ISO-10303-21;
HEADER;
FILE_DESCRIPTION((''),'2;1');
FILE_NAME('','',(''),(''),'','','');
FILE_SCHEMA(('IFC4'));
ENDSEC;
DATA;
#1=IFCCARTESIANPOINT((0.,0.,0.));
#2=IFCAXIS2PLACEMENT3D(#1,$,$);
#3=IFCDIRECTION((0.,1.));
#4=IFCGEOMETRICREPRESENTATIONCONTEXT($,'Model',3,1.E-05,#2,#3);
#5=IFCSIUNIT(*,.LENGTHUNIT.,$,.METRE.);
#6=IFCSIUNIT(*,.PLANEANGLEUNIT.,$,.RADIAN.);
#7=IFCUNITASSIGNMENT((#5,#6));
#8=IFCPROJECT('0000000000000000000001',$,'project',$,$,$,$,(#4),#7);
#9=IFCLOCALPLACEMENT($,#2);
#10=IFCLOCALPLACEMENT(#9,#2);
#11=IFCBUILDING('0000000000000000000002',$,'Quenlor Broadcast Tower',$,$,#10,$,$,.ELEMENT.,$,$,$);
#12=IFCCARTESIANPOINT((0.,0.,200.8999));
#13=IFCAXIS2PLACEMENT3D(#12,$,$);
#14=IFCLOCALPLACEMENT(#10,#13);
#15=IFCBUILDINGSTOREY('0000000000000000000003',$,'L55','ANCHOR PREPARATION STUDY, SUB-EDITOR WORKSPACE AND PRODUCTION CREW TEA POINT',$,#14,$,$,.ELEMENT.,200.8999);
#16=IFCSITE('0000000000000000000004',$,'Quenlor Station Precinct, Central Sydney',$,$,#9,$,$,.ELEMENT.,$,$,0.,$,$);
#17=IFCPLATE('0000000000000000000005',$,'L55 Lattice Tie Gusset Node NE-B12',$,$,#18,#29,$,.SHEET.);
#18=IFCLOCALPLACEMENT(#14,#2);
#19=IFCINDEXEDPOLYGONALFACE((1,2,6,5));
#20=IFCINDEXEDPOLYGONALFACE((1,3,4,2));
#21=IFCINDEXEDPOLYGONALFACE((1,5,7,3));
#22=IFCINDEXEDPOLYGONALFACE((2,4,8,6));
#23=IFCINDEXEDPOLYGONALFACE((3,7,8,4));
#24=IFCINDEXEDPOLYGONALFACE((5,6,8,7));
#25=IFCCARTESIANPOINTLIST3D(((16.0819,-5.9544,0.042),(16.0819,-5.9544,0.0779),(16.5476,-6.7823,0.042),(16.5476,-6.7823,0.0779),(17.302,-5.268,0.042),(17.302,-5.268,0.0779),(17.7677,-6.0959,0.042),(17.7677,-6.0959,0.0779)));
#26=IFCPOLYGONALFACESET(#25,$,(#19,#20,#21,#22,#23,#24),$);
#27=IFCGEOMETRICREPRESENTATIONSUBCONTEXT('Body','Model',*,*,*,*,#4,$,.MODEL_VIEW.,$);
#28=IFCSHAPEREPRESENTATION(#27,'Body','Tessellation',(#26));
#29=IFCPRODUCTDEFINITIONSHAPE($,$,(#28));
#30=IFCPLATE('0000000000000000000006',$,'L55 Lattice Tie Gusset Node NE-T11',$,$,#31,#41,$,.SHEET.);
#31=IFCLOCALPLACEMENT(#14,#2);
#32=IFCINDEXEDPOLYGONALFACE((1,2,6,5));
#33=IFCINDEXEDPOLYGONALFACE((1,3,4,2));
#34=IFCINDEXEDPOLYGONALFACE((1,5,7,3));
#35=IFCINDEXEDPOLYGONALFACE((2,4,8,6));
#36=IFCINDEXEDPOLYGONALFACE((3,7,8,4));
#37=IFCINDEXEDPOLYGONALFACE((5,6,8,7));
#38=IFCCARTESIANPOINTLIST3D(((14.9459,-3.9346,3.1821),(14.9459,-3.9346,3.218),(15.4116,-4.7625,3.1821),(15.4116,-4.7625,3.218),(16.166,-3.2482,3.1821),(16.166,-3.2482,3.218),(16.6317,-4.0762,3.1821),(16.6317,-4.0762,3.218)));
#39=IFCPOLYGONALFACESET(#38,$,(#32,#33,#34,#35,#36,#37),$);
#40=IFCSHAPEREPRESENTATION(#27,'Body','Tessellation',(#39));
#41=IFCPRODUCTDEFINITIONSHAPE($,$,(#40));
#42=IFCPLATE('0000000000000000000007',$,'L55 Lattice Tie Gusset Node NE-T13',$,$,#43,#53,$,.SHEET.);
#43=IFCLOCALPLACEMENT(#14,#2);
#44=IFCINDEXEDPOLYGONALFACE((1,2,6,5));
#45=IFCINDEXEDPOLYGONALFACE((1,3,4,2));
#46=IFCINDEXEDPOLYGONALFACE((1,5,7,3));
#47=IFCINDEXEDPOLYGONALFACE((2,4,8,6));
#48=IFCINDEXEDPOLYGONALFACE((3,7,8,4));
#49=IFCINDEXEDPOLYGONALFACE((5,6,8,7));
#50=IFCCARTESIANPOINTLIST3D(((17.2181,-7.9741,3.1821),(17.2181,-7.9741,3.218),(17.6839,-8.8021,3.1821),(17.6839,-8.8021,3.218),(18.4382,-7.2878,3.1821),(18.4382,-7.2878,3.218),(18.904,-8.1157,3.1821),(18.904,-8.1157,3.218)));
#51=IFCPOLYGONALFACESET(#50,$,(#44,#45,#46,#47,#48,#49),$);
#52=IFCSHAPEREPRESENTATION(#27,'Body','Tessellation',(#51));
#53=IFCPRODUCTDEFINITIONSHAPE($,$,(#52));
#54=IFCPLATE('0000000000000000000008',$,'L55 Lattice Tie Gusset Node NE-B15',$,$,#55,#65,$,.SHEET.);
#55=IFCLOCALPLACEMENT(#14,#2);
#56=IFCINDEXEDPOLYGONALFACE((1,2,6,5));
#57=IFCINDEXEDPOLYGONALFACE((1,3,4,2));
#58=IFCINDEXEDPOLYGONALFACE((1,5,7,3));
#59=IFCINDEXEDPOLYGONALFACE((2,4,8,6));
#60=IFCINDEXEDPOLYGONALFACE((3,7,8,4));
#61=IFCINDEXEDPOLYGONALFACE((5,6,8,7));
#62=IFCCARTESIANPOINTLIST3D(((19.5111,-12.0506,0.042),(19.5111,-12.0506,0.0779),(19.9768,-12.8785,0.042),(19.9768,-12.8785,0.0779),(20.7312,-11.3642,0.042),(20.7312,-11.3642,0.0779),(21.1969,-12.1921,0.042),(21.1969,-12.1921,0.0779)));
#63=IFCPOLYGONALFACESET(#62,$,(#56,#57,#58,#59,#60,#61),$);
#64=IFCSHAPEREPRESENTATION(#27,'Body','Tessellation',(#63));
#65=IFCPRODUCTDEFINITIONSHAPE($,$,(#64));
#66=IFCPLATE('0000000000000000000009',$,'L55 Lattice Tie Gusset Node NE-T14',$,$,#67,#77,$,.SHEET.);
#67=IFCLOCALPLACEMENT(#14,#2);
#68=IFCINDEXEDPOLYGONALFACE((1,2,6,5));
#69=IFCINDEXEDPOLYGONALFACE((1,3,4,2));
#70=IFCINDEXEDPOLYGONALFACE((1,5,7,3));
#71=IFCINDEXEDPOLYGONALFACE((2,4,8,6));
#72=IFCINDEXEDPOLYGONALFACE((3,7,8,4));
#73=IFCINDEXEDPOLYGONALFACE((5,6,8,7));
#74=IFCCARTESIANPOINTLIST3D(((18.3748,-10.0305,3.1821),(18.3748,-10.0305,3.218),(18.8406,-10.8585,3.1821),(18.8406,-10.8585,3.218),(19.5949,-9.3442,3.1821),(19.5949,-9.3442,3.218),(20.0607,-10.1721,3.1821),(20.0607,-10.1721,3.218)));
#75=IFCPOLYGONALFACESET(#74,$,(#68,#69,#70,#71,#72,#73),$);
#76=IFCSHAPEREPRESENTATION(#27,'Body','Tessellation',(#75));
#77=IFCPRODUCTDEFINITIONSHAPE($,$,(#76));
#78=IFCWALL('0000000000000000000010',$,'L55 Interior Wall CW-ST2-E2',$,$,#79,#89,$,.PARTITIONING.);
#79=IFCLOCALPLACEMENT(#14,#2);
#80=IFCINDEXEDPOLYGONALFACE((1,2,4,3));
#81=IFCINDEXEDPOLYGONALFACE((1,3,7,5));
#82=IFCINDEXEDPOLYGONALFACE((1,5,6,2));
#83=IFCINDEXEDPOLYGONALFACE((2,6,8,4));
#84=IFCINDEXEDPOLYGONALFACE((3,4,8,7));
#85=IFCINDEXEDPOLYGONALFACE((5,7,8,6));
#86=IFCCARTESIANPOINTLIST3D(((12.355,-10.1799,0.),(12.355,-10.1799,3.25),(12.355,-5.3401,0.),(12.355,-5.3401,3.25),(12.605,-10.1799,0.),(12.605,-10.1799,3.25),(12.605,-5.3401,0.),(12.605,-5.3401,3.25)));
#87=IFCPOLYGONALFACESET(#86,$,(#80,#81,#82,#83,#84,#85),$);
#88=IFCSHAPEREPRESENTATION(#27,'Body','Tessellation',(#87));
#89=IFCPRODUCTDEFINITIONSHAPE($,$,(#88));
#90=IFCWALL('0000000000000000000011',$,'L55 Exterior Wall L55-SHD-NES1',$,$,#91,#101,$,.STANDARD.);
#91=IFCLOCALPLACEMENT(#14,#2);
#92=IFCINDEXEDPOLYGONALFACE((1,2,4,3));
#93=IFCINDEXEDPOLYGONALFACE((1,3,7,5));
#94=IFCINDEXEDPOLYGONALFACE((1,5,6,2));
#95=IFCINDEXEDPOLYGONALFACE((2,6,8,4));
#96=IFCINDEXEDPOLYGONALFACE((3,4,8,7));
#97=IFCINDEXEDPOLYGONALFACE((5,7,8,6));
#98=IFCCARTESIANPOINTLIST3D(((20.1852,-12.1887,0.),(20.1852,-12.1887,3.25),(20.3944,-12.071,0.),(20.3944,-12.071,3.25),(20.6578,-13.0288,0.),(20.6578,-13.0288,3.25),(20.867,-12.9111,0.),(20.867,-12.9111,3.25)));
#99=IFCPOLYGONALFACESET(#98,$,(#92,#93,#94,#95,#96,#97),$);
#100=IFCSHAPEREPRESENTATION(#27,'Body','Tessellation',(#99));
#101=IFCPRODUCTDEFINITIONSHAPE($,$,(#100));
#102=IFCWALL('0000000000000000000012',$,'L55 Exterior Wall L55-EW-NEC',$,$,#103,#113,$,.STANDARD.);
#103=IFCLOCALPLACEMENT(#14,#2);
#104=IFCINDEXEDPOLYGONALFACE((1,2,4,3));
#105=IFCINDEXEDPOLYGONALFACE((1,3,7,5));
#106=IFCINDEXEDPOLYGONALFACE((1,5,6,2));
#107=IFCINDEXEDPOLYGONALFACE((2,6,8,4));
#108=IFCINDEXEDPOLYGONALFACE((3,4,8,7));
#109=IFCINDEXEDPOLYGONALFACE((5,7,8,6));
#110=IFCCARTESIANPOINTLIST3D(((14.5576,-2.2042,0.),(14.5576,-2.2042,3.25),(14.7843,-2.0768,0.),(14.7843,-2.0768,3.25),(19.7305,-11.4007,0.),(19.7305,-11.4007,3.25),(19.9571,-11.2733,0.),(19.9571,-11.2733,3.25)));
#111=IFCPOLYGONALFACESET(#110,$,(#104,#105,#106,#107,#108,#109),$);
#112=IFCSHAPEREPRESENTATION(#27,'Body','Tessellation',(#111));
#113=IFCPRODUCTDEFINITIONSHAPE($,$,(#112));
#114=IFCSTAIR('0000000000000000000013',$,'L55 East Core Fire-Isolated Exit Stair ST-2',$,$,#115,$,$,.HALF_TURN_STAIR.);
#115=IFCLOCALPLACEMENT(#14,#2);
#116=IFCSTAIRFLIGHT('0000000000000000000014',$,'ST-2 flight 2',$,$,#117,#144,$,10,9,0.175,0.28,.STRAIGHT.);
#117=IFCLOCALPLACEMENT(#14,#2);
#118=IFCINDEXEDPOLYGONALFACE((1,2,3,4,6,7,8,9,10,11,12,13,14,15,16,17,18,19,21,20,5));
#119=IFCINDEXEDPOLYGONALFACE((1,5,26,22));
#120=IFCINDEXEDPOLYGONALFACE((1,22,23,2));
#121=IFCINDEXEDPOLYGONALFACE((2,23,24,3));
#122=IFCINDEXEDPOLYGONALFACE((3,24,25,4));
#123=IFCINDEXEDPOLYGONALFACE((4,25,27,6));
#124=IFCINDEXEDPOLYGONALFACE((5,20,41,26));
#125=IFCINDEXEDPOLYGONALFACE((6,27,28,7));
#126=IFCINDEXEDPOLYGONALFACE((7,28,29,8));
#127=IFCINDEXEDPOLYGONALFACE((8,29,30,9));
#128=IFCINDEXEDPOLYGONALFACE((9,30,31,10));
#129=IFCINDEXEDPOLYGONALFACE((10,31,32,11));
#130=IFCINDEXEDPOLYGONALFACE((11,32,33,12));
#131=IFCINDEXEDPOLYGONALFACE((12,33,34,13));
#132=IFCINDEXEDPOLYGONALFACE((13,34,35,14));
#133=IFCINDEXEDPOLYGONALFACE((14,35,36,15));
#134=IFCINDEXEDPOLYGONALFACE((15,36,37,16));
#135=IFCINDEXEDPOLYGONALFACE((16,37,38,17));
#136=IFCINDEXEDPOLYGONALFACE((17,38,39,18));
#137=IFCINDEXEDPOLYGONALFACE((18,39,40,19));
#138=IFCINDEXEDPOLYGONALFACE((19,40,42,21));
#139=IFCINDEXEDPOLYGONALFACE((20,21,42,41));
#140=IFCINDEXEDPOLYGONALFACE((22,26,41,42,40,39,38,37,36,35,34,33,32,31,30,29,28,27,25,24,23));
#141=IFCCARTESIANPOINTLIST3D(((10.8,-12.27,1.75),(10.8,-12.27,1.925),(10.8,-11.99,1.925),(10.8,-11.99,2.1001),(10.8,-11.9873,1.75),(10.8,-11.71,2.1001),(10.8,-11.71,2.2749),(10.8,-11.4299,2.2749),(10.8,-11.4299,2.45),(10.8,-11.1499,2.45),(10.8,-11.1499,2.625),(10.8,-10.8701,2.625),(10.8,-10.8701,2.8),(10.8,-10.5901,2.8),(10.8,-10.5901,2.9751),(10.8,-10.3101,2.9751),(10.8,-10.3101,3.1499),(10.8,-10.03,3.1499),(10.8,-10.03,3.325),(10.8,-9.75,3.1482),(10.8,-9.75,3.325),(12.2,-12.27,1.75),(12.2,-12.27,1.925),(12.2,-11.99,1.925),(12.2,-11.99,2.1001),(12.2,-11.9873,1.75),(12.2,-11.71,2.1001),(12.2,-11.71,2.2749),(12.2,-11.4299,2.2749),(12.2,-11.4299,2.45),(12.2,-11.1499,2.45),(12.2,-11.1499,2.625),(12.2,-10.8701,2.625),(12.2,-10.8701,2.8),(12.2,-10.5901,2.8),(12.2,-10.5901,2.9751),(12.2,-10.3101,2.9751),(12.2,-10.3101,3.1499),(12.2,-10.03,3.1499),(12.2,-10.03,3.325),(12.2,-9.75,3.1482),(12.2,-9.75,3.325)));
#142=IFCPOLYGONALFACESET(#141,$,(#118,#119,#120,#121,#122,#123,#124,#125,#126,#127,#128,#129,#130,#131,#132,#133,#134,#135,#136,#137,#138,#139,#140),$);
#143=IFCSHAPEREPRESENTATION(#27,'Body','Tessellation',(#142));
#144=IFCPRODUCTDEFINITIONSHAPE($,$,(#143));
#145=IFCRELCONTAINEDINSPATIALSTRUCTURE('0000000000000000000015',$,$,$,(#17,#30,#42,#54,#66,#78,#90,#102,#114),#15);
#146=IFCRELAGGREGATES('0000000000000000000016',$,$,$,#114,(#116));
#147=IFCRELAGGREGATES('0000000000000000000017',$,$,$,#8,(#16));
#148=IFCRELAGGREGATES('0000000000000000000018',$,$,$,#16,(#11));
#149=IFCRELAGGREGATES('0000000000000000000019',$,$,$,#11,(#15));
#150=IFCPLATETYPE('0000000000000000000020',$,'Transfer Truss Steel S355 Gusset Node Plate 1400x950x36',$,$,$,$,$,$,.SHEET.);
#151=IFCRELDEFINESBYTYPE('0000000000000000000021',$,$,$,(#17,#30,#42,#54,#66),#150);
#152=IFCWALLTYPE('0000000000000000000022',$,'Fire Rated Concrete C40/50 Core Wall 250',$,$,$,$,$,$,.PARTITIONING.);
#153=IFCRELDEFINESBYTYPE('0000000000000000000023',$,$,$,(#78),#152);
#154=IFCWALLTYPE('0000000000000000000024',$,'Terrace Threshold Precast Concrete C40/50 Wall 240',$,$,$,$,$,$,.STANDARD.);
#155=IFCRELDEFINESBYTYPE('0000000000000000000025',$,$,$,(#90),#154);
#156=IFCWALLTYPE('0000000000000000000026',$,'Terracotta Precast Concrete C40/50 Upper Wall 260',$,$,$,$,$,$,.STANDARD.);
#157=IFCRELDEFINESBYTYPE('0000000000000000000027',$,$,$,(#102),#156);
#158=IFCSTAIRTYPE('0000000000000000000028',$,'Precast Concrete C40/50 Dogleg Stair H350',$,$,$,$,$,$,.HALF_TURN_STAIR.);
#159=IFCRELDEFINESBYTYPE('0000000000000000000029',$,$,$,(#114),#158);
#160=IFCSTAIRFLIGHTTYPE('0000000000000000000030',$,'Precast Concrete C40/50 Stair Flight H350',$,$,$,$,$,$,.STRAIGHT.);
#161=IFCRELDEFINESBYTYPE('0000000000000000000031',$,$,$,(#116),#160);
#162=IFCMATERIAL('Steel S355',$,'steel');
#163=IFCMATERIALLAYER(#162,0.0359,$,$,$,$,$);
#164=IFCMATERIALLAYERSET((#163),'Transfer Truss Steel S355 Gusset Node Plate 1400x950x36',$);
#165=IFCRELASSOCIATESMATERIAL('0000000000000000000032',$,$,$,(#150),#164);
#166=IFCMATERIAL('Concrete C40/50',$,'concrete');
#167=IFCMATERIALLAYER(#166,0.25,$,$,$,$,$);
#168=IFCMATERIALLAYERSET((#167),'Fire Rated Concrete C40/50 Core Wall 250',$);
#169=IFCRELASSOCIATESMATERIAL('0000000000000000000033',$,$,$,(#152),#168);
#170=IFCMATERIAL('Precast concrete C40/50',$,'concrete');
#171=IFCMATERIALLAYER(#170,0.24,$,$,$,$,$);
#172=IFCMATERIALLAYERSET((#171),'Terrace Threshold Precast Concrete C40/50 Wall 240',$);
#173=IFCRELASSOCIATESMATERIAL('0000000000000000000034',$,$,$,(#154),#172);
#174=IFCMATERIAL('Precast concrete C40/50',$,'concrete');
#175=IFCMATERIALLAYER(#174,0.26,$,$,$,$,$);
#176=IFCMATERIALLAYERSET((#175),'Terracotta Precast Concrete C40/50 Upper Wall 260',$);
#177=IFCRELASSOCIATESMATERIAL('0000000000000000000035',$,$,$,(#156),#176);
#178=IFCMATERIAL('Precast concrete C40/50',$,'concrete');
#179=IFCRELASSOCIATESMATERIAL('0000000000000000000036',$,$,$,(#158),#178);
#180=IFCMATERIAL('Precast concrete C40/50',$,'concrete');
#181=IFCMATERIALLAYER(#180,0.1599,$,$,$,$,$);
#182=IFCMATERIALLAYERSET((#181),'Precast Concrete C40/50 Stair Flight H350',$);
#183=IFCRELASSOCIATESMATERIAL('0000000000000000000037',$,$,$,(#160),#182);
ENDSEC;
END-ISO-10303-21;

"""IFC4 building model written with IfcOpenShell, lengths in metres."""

from ifc_helpers import new_model, si_unit, direction, frame, frame_2d, origin, origin_2d, place, context, subcontext, project, spatial, polyline, rectangle, outline, extrude, material, layer, layer_set, type_object, element, aggregate, save


model = new_model("IFC4")

# Units and contexts
model_context = context("Model", 3, precision=1e-05, world=origin(), true_north=direction((0.0, 1.0)))
body_context = subcontext(model_context, "Body", "Model", "MODEL_VIEW")
ifc_project = project(units=[si_unit("LENGTHUNIT", "METRE"), si_unit("PLANEANGLEUNIT", "RADIAN")], contexts=[model_context])

# Site, building, storey
site_placement = place(None, origin())
site = spatial("IfcSite", under=ifc_project, at=site_placement, Name="Quenlor Station Precinct, Central Sydney", CompositionType="ELEMENT", RefElevation=0.0)
building_placement = place(site_placement, origin())
building = spatial("IfcBuilding", under=site, at=building_placement, Name="Quenlor Broadcast Tower", CompositionType="ELEMENT")
storey_placement = place(building_placement, frame((0.0, 0.0, 200.8999)))
storey = spatial("IfcBuildingStorey", under=building, at=storey_placement, Name="L55", Description="ANCHOR PREPARATION STUDY, SUB-EDITOR WORKSPACE AND PRODUCTION CREW TEA POINT", CompositionType="ELEMENT", Elevation=200.8999)

# Plates
ifc_material_1 = material(Name="Steel S355", Category="steel")
ifc_layer_1 = layer(ifc_material_1, 0.0359)
ifc_layer_set_1 = layer_set([ifc_layer_1], Name="Transfer Truss Steel S355 Gusset Node Plate 1400x950x36")
plate_type = type_object("IfcPlateType", Name="Transfer Truss Steel S355 Gusset Node Plate 1400x950x36", PredefinedType="SHEET", material=ifc_layer_set_1)
for number, where, z_axis, x_axis, name in (
    (1, (16.9248, -6.0251, 0.042), (0.0, 0.0, 1.0), (0.871556, 0.490295, 0.0), "L55 Lattice Tie Gusset Node NE-B12"),
    (2, (15.7888, -4.0054, 3.1821), (0.0, 0.0, 1.0), (0.871556, 0.490295, 0.0), "L55 Lattice Tie Gusset Node NE-T11"),
    (3, (18.061, -8.0449, 3.1821), (0.0, 0.0, 1.0), (0.871556, 0.490295, 0.0), "L55 Lattice Tie Gusset Node NE-T13"),
    (4, (20.354, -12.1213, 0.042), (0.0, 0.0, 1.0), (0.871556, 0.490295, 0.0), "L55 Lattice Tie Gusset Node NE-B15"),
    (5, (19.2178, -10.1013, 3.1821), (0.0, 0.0, 1.0), (0.871556, 0.490295, 0.0), "L55 Lattice Tie Gusset Node NE-T14"),
):
    element("IfcPlate", number, at=place(storey_placement, frame(where, z_axis=z_axis, x_axis=x_axis)), inside=storey, type_object=plate_type, Name=name, PredefinedType="SHEET", context=body_context, shape_type="SweptSolid", body=[
        extrude(rectangle(XDim=1.3999, YDim=0.95, at=origin_2d()), origin(), (0.0, 0.0, 1.0), 0.0359),
    ])

# Wall
ifc_material_2 = material(Name="Concrete C40/50", Category="concrete")
ifc_layer_2 = layer(ifc_material_2, 0.25)
ifc_layer_set_2 = layer_set([ifc_layer_2], Name="Fire Rated Concrete C40/50 Core Wall 250")
wall_type_1 = type_object("IfcWallType", Name="Fire Rated Concrete C40/50 Core Wall 250", PredefinedType="PARTITIONING", material=ifc_layer_set_2)
wall_1_placement = place(storey_placement, frame((12.48, -10.1799, 0.0), z_axis=(0.0, 0.0, 1.0), x_axis=(0.0, 1.0, 0.0)))
element("IfcWall", 6, at=wall_1_placement, inside=storey, type_object=wall_type_1, Name="L55 Interior Wall CW-ST2-E2", PredefinedType="PARTITIONING", context=body_context, shape_type="SweptSolid", body=[
    extrude(rectangle(XDim=4.8398, YDim=0.25, at=frame_2d((2.4199, 0.0))), origin(), (0.0, 0.0, 1.0), 3.25),
])

# Walls
ifc_material_3 = material(Name="Precast concrete C40/50", Category="concrete")
ifc_layer_3 = layer(ifc_material_3, 0.24)
ifc_layer_set_3 = layer_set([ifc_layer_3], Name="Terrace Threshold Precast Concrete C40/50 Wall 240")
wall_type_2 = type_object("IfcWallType", Name="Terrace Threshold Precast Concrete C40/50 Wall 240", PredefinedType="STANDARD", material=ifc_layer_set_3)
wall_2_placement = place(storey_placement, frame((20.2898, -12.1299, 0.0), z_axis=(0.0, 0.0, 1.0), x_axis=(0.490345, -0.871528, 0.0)))
element("IfcWall", 7, at=wall_2_placement, inside=storey, type_object=wall_type_2, Name="L55 Exterior Wall L55-SHD-NES1", PredefinedType="STANDARD", context=body_context, shape_type="SweptSolid", body=[
    extrude(rectangle(XDim=0.9639, YDim=0.24, at=frame_2d((0.4819, 0.0))), origin(), (0.0, 0.0, 1.0), 3.25),
])
ifc_material_4 = material(Name="Precast concrete C40/50", Category="concrete")
ifc_layer_4 = layer(ifc_material_4, 0.26)
ifc_layer_set_4 = layer_set([ifc_layer_4], Name="Terracotta Precast Concrete C40/50 Upper Wall 260")
wall_type_3 = type_object("IfcWallType", Name="Terracotta Precast Concrete C40/50 Upper Wall 260", PredefinedType="STANDARD", material=ifc_layer_set_4)
wall_3_placement = place(storey_placement, frame((14.6709, -2.1404, 0.0), z_axis=(0.0, 0.0, 1.0), x_axis=(0.490247, -0.871584, 0.0)))
element("IfcWall", 8, at=wall_3_placement, inside=storey, type_object=wall_type_3, Name="L55 Exterior Wall L55-EW-NEC", PredefinedType="STANDARD", context=body_context, shape_type="SweptSolid", body=[
    extrude(rectangle(XDim=10.5515, YDim=0.26, at=frame_2d((5.2759, 0.0))), origin(), (0.0, 0.0, 1.0), 3.25),
])

# Stair, stair flight
ifc_material_5 = material(Name="Precast concrete C40/50", Category="concrete")
stair_type = type_object("IfcStairType", Name="Precast Concrete C40/50 Dogleg Stair H350", PredefinedType="HALF_TURN_STAIR", material=ifc_material_5)
stair_placement = place(storey_placement, origin())
stair = element("IfcStair", 9, at=stair_placement, inside=storey, type_object=stair_type, Name="L55 East Core Fire-Isolated Exit Stair ST-2", PredefinedType="HALF_TURN_STAIR")
ifc_material_6 = material(Name="Precast concrete C40/50", Category="concrete")
ifc_layer_5 = layer(ifc_material_6, 0.1599)
ifc_layer_set_5 = layer_set([ifc_layer_5], Name="Precast Concrete C40/50 Stair Flight H350")
stair_flight_type = type_object("IfcStairFlightType", Name="Precast Concrete C40/50 Stair Flight H350", PredefinedType="STRAIGHT", material=ifc_layer_set_5)
stair_flight_placement = place(storey_placement, frame((11.5, -12.27, 1.75), z_axis=(0.0, 0.0, 1.0), x_axis=(0.0, 1.0, 0.0)))
stair_flight = element("IfcStairFlight", 10, at=stair_flight_placement, type_object=stair_flight_type, Name="ST-2 flight 2", NumberOfRisers=10, NumberOfTreads=9, PredefinedType="STRAIGHT", RiserHeight=0.175, TreadLength=0.28, context=body_context, shape_type="SweptSolid", body=[
    extrude(outline(polyline([(0.0, 0.0), (0.0, 0.175), (0.28, 0.175), (0.28, 0.3501), (0.5601, 0.3501), (0.5601, 0.5249), (0.8401, 0.5249), (0.8401, 0.7), (1.1201, 0.7), (1.1201, 0.875), (1.3999, 0.875), (1.3999, 1.05), (1.6799, 1.05), (1.6799, 1.2251), (1.96, 1.2251), (1.96, 1.3999), (2.24, 1.3999), (2.24, 1.575), (2.52, 1.575), (2.52, 1.75), (2.52, 1.3982), (0.2827, 0.0), (0.0, 0.0)])), frame((0.0, 0.7, 0.0), z_axis=(0.0, -1.0, 0.0), x_axis=(1.0, 0.0, 0.0)), (0.0, 0.0, 1.0), 1.3999),
])
aggregate(stair, [stair_flight])

save(model, "model.ifc")
